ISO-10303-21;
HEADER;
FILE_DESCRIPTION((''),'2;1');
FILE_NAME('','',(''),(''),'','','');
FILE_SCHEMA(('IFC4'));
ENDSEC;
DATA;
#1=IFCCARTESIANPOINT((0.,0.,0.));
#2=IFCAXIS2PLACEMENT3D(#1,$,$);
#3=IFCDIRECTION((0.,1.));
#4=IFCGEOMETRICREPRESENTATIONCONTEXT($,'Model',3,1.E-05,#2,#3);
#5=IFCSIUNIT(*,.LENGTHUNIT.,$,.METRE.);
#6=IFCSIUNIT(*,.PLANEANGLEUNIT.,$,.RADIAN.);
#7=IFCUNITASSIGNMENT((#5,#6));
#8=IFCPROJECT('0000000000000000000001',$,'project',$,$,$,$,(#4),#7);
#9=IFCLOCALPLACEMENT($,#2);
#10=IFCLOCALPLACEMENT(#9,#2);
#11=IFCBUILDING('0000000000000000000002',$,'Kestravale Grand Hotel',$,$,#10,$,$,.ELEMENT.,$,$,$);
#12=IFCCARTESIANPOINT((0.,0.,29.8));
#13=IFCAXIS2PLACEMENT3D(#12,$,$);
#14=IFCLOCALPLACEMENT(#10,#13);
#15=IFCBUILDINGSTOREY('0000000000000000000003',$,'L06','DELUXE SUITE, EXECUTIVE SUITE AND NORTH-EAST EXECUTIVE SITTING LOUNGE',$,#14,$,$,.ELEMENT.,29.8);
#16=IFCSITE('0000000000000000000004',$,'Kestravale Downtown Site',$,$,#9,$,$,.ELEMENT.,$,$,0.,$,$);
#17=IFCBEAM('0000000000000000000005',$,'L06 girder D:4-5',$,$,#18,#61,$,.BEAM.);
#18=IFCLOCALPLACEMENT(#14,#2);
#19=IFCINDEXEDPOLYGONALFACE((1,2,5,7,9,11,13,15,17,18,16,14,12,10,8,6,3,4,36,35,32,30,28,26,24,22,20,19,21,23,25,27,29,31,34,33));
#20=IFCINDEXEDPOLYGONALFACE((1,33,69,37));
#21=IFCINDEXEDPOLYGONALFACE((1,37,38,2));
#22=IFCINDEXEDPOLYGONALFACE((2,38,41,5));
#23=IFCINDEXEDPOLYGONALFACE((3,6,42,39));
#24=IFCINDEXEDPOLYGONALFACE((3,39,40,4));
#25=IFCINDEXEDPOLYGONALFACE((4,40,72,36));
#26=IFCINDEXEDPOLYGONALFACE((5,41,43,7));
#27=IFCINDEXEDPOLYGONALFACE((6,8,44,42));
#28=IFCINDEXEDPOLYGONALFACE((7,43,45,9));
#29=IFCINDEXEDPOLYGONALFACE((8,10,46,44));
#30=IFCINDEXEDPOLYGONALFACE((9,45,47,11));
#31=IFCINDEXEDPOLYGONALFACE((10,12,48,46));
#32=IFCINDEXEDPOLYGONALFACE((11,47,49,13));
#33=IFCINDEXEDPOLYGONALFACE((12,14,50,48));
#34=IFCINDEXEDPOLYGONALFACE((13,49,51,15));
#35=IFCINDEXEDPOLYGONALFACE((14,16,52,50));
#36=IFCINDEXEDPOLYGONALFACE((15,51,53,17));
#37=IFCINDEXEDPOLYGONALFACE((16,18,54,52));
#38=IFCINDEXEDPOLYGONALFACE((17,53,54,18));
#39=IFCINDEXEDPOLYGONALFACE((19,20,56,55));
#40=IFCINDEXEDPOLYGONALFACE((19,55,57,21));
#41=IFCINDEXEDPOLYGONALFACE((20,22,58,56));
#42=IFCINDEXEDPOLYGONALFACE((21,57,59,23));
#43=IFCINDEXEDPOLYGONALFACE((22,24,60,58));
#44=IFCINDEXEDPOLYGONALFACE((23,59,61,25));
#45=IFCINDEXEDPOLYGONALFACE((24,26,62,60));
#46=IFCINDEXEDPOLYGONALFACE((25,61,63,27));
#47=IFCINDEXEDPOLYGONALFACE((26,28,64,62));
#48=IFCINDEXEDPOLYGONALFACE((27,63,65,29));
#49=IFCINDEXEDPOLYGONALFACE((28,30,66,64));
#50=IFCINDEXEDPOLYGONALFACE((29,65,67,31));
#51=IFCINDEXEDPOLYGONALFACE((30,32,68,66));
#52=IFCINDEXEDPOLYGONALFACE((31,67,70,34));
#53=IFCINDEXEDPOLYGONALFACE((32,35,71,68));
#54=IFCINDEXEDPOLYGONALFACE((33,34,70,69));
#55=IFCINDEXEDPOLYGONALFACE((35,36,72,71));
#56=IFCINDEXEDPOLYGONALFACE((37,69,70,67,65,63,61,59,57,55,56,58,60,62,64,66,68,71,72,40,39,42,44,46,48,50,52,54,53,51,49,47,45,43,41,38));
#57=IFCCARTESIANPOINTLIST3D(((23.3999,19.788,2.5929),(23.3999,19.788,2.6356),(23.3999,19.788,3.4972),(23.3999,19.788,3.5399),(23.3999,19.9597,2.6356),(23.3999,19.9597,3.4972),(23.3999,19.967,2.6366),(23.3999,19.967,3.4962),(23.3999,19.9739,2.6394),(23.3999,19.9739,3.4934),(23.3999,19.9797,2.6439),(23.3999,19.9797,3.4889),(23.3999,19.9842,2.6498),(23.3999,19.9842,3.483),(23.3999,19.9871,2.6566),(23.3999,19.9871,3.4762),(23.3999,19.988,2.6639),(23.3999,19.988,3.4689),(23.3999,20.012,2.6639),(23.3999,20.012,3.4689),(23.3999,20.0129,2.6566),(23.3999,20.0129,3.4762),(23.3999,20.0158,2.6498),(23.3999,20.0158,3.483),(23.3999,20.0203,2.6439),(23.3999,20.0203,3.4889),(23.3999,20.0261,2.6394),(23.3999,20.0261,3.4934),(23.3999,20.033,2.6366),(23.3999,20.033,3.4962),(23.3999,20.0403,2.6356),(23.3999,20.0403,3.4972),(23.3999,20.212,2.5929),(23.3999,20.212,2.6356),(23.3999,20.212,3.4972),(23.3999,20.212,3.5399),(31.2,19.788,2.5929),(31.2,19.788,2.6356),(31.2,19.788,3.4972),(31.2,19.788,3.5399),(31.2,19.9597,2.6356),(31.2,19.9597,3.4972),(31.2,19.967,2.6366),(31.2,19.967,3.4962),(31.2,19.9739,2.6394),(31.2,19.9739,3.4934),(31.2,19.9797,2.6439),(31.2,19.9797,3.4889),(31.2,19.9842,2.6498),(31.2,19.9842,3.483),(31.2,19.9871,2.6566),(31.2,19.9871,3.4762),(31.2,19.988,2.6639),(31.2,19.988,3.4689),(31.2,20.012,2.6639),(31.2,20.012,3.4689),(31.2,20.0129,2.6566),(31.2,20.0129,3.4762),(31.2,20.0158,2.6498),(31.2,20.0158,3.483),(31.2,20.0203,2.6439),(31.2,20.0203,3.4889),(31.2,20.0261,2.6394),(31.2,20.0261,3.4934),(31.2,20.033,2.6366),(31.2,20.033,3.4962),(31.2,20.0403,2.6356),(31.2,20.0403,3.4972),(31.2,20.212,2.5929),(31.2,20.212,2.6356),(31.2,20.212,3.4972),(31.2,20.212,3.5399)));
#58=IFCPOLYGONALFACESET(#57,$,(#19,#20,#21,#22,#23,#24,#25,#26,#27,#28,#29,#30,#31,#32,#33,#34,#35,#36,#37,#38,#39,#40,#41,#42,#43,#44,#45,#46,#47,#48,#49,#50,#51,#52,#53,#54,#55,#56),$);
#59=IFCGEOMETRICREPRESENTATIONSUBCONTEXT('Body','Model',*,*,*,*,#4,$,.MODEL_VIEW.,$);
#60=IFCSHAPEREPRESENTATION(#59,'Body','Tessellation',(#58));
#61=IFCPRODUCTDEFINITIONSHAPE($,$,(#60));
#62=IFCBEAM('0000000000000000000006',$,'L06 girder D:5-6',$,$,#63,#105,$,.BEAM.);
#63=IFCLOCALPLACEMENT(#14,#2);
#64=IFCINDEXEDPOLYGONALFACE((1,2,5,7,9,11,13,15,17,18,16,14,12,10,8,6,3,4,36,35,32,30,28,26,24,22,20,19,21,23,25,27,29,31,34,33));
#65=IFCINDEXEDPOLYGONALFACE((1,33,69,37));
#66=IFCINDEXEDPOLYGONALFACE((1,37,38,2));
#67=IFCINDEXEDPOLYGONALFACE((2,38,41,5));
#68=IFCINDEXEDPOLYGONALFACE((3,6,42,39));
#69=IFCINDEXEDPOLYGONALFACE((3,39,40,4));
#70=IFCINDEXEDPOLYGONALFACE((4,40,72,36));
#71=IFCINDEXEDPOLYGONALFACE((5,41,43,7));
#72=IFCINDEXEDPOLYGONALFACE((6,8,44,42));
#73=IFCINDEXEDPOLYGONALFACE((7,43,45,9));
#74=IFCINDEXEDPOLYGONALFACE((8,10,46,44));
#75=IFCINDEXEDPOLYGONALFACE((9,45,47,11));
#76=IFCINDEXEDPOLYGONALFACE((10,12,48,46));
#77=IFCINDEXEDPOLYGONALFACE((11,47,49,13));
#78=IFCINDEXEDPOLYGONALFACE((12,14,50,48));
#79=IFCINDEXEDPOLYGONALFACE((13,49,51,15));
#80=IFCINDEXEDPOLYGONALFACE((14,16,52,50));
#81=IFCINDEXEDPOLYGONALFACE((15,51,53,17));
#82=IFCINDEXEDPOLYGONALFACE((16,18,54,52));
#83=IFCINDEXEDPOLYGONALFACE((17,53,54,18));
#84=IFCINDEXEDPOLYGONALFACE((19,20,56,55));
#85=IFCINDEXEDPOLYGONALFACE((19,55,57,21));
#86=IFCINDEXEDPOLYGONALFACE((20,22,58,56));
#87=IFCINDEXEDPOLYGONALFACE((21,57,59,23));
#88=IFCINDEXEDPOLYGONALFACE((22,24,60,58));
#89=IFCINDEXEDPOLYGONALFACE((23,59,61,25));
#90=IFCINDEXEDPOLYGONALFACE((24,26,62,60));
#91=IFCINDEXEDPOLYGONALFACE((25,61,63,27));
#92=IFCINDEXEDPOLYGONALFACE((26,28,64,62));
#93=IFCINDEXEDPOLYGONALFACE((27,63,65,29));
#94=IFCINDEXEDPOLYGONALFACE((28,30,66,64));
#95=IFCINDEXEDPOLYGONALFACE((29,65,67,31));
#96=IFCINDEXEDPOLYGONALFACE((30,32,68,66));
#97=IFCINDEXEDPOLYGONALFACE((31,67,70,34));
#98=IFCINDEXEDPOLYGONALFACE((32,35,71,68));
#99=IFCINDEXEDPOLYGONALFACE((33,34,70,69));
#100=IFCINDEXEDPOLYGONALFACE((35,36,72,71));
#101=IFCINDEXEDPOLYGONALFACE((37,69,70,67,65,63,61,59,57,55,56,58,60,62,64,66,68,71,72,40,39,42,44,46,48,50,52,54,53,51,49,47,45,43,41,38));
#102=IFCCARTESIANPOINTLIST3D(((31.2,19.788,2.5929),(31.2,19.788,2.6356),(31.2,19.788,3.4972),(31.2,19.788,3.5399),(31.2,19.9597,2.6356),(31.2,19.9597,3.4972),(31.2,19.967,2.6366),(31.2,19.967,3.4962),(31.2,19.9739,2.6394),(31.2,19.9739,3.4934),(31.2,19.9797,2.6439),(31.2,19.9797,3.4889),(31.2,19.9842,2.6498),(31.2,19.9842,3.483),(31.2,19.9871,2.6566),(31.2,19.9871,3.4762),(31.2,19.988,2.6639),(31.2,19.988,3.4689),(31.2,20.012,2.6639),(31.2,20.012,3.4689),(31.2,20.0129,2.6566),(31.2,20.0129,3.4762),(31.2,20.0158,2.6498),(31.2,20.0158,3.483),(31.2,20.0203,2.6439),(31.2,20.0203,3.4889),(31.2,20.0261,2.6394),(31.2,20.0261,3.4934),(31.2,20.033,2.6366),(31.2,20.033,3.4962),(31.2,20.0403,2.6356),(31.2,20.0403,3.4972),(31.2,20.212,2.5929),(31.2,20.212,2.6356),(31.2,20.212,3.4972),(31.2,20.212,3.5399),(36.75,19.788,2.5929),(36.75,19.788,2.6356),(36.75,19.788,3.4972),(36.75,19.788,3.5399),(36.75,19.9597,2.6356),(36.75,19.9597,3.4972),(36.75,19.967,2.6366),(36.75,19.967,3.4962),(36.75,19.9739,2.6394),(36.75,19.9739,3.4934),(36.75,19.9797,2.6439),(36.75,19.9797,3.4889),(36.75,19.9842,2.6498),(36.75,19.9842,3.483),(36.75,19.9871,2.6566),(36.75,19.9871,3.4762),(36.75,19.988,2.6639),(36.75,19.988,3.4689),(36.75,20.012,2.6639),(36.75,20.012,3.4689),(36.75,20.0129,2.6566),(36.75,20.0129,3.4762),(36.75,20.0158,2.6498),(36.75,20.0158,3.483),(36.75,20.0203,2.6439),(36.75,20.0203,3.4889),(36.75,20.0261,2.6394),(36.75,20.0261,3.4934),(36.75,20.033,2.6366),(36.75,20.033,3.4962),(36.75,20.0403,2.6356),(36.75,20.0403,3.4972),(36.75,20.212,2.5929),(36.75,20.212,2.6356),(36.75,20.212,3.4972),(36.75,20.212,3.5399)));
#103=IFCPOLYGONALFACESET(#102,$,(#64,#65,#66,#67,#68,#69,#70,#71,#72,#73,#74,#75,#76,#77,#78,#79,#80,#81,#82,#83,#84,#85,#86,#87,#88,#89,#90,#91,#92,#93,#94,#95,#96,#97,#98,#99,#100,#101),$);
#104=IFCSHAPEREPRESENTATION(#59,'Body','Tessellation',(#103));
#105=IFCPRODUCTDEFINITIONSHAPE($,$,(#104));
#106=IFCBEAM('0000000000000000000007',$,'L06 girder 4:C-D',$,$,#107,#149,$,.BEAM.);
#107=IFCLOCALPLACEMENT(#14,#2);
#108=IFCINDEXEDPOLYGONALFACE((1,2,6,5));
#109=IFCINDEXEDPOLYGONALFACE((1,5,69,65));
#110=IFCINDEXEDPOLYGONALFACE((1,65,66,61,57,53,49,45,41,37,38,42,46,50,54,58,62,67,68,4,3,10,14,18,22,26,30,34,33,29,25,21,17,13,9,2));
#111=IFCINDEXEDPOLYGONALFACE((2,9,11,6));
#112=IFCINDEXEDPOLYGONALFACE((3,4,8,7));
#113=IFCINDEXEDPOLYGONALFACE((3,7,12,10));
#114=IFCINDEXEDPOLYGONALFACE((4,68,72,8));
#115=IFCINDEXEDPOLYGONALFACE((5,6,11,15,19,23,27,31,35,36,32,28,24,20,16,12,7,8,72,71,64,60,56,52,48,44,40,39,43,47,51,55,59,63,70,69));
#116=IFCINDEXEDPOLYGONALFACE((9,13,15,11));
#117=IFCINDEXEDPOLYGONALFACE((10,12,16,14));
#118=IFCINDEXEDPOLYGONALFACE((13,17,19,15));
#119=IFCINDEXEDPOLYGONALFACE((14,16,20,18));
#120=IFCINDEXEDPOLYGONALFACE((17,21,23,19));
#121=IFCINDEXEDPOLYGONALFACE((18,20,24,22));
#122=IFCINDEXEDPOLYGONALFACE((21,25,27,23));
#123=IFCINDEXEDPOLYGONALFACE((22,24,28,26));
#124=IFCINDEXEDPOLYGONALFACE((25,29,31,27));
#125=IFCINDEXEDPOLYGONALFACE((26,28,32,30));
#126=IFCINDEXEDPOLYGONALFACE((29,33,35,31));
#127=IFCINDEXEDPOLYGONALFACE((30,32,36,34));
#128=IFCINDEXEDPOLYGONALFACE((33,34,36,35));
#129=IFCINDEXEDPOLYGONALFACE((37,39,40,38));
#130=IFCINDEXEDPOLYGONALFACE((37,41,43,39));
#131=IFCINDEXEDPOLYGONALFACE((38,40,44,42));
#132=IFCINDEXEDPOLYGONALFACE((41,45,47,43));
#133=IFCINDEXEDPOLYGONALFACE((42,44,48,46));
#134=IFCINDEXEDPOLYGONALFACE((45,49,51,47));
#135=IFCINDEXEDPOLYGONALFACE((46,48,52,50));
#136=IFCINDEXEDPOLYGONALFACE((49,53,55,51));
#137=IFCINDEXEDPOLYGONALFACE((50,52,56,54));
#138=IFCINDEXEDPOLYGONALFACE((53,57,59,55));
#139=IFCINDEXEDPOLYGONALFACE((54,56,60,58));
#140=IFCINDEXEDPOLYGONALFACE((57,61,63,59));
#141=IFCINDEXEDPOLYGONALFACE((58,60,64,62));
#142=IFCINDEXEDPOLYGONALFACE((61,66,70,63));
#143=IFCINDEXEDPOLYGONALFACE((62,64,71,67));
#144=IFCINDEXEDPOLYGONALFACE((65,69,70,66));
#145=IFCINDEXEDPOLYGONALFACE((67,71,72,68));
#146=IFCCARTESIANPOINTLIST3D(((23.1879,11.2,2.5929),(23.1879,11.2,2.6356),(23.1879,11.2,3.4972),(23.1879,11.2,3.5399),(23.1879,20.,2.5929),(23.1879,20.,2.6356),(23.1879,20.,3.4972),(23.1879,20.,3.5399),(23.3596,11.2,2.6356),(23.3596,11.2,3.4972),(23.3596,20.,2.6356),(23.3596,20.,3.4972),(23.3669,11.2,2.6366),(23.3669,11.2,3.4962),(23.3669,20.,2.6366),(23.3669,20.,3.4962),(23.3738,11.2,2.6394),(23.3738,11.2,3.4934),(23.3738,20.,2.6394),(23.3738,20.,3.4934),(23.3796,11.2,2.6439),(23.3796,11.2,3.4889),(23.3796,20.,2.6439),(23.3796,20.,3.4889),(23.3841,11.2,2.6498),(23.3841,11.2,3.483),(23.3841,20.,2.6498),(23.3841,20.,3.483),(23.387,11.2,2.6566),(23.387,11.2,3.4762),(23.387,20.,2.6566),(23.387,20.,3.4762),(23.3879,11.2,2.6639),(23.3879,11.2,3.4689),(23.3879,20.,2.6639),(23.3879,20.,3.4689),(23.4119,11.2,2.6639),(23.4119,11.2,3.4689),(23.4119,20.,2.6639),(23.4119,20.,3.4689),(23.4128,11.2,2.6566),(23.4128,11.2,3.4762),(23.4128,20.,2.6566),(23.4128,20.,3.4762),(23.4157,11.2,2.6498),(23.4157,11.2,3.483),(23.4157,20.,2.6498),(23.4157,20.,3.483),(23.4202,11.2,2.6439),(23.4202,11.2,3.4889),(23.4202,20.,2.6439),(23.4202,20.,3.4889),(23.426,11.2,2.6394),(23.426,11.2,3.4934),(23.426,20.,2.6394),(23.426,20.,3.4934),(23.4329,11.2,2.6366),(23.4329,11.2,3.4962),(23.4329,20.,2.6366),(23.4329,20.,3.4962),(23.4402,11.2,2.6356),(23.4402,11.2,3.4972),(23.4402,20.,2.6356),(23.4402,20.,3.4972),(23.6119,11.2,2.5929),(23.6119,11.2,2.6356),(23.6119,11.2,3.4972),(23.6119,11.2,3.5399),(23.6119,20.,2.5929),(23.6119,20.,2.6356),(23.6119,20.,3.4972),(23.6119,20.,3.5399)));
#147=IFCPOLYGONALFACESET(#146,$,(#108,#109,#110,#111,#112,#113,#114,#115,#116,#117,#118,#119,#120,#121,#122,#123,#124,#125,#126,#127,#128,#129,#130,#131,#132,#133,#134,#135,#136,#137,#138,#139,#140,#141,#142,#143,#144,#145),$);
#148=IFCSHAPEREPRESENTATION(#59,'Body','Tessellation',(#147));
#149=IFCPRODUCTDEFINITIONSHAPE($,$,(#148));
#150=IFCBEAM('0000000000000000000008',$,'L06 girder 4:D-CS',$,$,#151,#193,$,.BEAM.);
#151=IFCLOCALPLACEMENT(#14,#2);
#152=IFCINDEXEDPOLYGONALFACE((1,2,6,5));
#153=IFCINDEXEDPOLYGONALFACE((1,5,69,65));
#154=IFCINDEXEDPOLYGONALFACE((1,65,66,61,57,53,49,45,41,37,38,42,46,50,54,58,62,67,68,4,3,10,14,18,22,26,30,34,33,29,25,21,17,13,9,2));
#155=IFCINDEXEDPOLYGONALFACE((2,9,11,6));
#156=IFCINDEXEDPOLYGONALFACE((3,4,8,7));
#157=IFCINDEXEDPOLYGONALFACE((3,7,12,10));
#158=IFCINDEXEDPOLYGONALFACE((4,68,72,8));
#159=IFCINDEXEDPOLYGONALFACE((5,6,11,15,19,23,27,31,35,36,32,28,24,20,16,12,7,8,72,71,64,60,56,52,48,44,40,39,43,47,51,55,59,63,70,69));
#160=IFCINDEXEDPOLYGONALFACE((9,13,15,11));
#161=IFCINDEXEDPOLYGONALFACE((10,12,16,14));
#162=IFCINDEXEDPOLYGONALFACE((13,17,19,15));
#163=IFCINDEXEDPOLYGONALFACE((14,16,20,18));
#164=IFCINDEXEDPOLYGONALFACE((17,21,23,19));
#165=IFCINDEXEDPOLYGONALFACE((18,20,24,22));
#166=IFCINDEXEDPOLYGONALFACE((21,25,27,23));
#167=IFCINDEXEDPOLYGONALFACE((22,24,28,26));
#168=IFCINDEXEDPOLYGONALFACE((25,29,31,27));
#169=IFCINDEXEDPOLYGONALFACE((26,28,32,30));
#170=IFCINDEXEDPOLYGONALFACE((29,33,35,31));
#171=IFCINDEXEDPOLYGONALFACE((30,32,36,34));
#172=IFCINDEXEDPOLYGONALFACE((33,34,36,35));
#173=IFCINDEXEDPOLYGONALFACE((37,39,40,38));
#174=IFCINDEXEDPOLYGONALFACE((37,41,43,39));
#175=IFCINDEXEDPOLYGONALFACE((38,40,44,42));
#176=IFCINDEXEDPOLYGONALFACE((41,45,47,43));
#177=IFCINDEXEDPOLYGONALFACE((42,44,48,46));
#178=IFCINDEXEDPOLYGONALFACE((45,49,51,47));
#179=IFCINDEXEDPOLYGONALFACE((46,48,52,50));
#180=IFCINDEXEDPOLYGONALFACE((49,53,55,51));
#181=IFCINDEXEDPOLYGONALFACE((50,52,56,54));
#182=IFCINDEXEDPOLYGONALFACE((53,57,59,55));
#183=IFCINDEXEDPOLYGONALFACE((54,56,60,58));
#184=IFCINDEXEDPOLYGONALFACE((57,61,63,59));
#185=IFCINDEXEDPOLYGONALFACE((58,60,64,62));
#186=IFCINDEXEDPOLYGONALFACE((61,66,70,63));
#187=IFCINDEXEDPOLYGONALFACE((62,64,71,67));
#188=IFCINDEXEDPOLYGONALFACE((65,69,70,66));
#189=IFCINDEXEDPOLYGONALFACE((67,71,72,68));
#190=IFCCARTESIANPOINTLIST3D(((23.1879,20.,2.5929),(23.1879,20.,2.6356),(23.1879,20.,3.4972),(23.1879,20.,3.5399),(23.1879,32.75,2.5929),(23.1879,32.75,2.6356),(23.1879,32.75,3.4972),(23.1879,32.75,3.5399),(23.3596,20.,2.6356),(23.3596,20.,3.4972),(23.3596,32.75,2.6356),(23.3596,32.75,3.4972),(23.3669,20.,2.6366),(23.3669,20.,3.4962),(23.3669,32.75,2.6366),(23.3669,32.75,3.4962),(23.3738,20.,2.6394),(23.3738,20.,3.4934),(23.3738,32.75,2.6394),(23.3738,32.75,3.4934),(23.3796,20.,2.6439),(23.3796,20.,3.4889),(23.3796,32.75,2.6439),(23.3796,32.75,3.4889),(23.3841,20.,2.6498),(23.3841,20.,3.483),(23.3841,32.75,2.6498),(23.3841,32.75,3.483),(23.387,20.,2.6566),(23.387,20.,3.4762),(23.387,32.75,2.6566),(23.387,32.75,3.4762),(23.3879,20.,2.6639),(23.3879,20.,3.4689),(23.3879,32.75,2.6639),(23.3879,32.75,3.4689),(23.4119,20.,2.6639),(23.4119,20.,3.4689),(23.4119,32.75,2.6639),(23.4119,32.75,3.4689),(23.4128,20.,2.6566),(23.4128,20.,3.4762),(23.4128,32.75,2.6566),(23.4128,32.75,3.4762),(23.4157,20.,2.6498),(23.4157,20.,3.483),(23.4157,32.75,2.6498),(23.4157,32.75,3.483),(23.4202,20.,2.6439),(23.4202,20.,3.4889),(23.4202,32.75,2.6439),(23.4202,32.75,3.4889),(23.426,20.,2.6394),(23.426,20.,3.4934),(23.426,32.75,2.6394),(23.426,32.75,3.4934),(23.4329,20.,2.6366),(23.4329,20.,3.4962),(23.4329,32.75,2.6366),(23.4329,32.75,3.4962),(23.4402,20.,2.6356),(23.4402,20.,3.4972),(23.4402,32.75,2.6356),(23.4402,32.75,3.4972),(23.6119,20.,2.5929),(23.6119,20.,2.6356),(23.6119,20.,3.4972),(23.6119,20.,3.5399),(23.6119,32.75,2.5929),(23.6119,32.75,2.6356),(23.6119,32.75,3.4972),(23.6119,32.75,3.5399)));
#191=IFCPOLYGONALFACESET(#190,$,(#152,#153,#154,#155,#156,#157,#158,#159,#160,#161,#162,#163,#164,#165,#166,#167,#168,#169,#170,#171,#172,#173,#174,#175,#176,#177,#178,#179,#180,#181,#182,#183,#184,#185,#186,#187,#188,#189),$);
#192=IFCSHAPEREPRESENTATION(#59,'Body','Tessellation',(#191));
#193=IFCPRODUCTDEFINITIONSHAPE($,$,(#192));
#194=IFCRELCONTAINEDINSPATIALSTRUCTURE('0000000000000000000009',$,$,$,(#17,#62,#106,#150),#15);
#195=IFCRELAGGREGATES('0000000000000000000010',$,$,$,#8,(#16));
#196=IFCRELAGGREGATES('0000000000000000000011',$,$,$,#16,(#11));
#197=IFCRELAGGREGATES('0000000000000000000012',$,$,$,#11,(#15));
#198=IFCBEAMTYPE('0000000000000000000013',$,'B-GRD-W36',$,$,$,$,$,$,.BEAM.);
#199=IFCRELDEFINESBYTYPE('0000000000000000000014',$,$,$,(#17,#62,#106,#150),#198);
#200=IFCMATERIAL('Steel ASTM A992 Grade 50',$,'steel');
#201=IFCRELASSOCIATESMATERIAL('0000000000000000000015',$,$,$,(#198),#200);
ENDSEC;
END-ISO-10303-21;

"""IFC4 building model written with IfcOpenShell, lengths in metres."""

from ifc_helpers import new_model, si_unit, direction, frame, origin, origin_2d, place, context, subcontext, project, spatial, i_section, extrude, material, material_profile, profile_set, type_object, element, save


model = new_model("IFC4")

# Units and contexts
model_context = context("Model", 3, precision=1e-05, world=origin(), true_north=direction((0.0, 1.0)))
body_context = subcontext(model_context, "Body", "Model", "MODEL_VIEW")
ifc_project = project(units=[si_unit("LENGTHUNIT", "METRE"), si_unit("PLANEANGLEUNIT", "RADIAN")], contexts=[model_context])

# Site, building, storey
site_placement = place(None, origin())
site = spatial("IfcSite", under=ifc_project, at=site_placement, Name="Kestravale Downtown Site", CompositionType="ELEMENT", RefElevation=0.0)
building_placement = place(site_placement, origin())
building = spatial("IfcBuilding", under=site, at=building_placement, Name="Kestravale Grand Hotel", CompositionType="ELEMENT")
storey_placement = place(building_placement, frame((0.0, 0.0, 29.8)))
storey = spatial("IfcBuildingStorey", under=building, at=storey_placement, Name="L06", Description="DELUXE SUITE, EXECUTIVE SUITE AND NORTH-EAST EXECUTIVE SITTING LOUNGE", CompositionType="ELEMENT", Elevation=29.8)

# Beams
ifc_material_1 = material(Name="Steel ASTM A992 Grade 50", Category="steel")
ifc_material_profile_1 = material_profile(ifc_material_1, i_section(OverallWidth=0.4241, OverallDepth=0.947, WebThickness=0.0239, FlangeThickness=0.0427, FilletRadius=0.0283, at=origin_2d()))
ifc_profile_set_1 = profile_set([ifc_material_profile_1], Name="Steel ASTM A992 Grade 50")
beam_type_1 = type_object("IfcBeamType", Name="B-GRD-W36", PredefinedType="BEAM", material=ifc_profile_set_1)
for number, where, z_axis, x_axis, name in (
    (1, (23.3999, 20.0, 3.0664), (1.0, 0.0, 0.0), (0.0, 1.0, 0.0), "L06 girder D:4-5"),
):
    element("IfcBeam", number, at=place(storey_placement, frame(where, z_axis=z_axis, x_axis=x_axis)), inside=storey, type_object=beam_type_1, Name=name, PredefinedType="BEAM", context=body_context, shape_type="SweptSolid", body=[
        extrude(i_section(OverallWidth=0.4241, OverallDepth=0.947, WebThickness=0.0239, FlangeThickness=0.0427, FilletRadius=0.0283, at=origin_2d()), origin(), (0.0, 0.0, 1.0), 7.8),
    ])
beam_1_placement = place(storey_placement, frame((31.2, 20.0, 3.0664), z_axis=(1.0, 0.0, 0.0), x_axis=(0.0, 1.0, 0.0)))
element("IfcBeam", 2, at=beam_1_placement, inside=storey, type_object=beam_type_1, Name="L06 girder D:5-6", PredefinedType="BEAM", context=body_context, shape_type="SweptSolid", body=[
    extrude(i_section(OverallWidth=0.4241, OverallDepth=0.947, WebThickness=0.0239, FlangeThickness=0.0427, FilletRadius=0.0283, at=origin_2d()), origin(), (0.0, 0.0, 1.0), 5.55),
])
beam_2_placement = place(storey_placement, frame((23.3999, 11.2, 3.0664), z_axis=(0.0, 1.0, 0.0), x_axis=(-1.0, 0.0, 0.0)))
element("IfcBeam", 3, at=beam_2_placement, inside=storey, type_object=beam_type_1, Name="L06 girder 4:C-D", PredefinedType="BEAM", context=body_context, shape_type="SweptSolid", body=[
    extrude(i_section(OverallWidth=0.4241, OverallDepth=0.947, WebThickness=0.0239, FlangeThickness=0.0427, FilletRadius=0.0283, at=origin_2d()), origin(), (0.0, 0.0, 1.0), 8.8),
])
beam_3_placement = place(storey_placement, frame((23.3999, 20.0, 3.0664), z_axis=(0.0, 1.0, 0.0), x_axis=(-1.0, 0.0, 0.0)))
element("IfcBeam", 4, at=beam_3_placement, inside=storey, type_object=beam_type_1, Name="L06 girder 4:D-CS", PredefinedType="BEAM", context=body_context, shape_type="SweptSolid", body=[
    extrude(i_section(OverallWidth=0.4241, OverallDepth=0.947, WebThickness=0.0239, FlangeThickness=0.0427, FilletRadius=0.0283, at=origin_2d()), origin(), (0.0, 0.0, 1.0), 12.75),
])

save(model, "model.ifc")
